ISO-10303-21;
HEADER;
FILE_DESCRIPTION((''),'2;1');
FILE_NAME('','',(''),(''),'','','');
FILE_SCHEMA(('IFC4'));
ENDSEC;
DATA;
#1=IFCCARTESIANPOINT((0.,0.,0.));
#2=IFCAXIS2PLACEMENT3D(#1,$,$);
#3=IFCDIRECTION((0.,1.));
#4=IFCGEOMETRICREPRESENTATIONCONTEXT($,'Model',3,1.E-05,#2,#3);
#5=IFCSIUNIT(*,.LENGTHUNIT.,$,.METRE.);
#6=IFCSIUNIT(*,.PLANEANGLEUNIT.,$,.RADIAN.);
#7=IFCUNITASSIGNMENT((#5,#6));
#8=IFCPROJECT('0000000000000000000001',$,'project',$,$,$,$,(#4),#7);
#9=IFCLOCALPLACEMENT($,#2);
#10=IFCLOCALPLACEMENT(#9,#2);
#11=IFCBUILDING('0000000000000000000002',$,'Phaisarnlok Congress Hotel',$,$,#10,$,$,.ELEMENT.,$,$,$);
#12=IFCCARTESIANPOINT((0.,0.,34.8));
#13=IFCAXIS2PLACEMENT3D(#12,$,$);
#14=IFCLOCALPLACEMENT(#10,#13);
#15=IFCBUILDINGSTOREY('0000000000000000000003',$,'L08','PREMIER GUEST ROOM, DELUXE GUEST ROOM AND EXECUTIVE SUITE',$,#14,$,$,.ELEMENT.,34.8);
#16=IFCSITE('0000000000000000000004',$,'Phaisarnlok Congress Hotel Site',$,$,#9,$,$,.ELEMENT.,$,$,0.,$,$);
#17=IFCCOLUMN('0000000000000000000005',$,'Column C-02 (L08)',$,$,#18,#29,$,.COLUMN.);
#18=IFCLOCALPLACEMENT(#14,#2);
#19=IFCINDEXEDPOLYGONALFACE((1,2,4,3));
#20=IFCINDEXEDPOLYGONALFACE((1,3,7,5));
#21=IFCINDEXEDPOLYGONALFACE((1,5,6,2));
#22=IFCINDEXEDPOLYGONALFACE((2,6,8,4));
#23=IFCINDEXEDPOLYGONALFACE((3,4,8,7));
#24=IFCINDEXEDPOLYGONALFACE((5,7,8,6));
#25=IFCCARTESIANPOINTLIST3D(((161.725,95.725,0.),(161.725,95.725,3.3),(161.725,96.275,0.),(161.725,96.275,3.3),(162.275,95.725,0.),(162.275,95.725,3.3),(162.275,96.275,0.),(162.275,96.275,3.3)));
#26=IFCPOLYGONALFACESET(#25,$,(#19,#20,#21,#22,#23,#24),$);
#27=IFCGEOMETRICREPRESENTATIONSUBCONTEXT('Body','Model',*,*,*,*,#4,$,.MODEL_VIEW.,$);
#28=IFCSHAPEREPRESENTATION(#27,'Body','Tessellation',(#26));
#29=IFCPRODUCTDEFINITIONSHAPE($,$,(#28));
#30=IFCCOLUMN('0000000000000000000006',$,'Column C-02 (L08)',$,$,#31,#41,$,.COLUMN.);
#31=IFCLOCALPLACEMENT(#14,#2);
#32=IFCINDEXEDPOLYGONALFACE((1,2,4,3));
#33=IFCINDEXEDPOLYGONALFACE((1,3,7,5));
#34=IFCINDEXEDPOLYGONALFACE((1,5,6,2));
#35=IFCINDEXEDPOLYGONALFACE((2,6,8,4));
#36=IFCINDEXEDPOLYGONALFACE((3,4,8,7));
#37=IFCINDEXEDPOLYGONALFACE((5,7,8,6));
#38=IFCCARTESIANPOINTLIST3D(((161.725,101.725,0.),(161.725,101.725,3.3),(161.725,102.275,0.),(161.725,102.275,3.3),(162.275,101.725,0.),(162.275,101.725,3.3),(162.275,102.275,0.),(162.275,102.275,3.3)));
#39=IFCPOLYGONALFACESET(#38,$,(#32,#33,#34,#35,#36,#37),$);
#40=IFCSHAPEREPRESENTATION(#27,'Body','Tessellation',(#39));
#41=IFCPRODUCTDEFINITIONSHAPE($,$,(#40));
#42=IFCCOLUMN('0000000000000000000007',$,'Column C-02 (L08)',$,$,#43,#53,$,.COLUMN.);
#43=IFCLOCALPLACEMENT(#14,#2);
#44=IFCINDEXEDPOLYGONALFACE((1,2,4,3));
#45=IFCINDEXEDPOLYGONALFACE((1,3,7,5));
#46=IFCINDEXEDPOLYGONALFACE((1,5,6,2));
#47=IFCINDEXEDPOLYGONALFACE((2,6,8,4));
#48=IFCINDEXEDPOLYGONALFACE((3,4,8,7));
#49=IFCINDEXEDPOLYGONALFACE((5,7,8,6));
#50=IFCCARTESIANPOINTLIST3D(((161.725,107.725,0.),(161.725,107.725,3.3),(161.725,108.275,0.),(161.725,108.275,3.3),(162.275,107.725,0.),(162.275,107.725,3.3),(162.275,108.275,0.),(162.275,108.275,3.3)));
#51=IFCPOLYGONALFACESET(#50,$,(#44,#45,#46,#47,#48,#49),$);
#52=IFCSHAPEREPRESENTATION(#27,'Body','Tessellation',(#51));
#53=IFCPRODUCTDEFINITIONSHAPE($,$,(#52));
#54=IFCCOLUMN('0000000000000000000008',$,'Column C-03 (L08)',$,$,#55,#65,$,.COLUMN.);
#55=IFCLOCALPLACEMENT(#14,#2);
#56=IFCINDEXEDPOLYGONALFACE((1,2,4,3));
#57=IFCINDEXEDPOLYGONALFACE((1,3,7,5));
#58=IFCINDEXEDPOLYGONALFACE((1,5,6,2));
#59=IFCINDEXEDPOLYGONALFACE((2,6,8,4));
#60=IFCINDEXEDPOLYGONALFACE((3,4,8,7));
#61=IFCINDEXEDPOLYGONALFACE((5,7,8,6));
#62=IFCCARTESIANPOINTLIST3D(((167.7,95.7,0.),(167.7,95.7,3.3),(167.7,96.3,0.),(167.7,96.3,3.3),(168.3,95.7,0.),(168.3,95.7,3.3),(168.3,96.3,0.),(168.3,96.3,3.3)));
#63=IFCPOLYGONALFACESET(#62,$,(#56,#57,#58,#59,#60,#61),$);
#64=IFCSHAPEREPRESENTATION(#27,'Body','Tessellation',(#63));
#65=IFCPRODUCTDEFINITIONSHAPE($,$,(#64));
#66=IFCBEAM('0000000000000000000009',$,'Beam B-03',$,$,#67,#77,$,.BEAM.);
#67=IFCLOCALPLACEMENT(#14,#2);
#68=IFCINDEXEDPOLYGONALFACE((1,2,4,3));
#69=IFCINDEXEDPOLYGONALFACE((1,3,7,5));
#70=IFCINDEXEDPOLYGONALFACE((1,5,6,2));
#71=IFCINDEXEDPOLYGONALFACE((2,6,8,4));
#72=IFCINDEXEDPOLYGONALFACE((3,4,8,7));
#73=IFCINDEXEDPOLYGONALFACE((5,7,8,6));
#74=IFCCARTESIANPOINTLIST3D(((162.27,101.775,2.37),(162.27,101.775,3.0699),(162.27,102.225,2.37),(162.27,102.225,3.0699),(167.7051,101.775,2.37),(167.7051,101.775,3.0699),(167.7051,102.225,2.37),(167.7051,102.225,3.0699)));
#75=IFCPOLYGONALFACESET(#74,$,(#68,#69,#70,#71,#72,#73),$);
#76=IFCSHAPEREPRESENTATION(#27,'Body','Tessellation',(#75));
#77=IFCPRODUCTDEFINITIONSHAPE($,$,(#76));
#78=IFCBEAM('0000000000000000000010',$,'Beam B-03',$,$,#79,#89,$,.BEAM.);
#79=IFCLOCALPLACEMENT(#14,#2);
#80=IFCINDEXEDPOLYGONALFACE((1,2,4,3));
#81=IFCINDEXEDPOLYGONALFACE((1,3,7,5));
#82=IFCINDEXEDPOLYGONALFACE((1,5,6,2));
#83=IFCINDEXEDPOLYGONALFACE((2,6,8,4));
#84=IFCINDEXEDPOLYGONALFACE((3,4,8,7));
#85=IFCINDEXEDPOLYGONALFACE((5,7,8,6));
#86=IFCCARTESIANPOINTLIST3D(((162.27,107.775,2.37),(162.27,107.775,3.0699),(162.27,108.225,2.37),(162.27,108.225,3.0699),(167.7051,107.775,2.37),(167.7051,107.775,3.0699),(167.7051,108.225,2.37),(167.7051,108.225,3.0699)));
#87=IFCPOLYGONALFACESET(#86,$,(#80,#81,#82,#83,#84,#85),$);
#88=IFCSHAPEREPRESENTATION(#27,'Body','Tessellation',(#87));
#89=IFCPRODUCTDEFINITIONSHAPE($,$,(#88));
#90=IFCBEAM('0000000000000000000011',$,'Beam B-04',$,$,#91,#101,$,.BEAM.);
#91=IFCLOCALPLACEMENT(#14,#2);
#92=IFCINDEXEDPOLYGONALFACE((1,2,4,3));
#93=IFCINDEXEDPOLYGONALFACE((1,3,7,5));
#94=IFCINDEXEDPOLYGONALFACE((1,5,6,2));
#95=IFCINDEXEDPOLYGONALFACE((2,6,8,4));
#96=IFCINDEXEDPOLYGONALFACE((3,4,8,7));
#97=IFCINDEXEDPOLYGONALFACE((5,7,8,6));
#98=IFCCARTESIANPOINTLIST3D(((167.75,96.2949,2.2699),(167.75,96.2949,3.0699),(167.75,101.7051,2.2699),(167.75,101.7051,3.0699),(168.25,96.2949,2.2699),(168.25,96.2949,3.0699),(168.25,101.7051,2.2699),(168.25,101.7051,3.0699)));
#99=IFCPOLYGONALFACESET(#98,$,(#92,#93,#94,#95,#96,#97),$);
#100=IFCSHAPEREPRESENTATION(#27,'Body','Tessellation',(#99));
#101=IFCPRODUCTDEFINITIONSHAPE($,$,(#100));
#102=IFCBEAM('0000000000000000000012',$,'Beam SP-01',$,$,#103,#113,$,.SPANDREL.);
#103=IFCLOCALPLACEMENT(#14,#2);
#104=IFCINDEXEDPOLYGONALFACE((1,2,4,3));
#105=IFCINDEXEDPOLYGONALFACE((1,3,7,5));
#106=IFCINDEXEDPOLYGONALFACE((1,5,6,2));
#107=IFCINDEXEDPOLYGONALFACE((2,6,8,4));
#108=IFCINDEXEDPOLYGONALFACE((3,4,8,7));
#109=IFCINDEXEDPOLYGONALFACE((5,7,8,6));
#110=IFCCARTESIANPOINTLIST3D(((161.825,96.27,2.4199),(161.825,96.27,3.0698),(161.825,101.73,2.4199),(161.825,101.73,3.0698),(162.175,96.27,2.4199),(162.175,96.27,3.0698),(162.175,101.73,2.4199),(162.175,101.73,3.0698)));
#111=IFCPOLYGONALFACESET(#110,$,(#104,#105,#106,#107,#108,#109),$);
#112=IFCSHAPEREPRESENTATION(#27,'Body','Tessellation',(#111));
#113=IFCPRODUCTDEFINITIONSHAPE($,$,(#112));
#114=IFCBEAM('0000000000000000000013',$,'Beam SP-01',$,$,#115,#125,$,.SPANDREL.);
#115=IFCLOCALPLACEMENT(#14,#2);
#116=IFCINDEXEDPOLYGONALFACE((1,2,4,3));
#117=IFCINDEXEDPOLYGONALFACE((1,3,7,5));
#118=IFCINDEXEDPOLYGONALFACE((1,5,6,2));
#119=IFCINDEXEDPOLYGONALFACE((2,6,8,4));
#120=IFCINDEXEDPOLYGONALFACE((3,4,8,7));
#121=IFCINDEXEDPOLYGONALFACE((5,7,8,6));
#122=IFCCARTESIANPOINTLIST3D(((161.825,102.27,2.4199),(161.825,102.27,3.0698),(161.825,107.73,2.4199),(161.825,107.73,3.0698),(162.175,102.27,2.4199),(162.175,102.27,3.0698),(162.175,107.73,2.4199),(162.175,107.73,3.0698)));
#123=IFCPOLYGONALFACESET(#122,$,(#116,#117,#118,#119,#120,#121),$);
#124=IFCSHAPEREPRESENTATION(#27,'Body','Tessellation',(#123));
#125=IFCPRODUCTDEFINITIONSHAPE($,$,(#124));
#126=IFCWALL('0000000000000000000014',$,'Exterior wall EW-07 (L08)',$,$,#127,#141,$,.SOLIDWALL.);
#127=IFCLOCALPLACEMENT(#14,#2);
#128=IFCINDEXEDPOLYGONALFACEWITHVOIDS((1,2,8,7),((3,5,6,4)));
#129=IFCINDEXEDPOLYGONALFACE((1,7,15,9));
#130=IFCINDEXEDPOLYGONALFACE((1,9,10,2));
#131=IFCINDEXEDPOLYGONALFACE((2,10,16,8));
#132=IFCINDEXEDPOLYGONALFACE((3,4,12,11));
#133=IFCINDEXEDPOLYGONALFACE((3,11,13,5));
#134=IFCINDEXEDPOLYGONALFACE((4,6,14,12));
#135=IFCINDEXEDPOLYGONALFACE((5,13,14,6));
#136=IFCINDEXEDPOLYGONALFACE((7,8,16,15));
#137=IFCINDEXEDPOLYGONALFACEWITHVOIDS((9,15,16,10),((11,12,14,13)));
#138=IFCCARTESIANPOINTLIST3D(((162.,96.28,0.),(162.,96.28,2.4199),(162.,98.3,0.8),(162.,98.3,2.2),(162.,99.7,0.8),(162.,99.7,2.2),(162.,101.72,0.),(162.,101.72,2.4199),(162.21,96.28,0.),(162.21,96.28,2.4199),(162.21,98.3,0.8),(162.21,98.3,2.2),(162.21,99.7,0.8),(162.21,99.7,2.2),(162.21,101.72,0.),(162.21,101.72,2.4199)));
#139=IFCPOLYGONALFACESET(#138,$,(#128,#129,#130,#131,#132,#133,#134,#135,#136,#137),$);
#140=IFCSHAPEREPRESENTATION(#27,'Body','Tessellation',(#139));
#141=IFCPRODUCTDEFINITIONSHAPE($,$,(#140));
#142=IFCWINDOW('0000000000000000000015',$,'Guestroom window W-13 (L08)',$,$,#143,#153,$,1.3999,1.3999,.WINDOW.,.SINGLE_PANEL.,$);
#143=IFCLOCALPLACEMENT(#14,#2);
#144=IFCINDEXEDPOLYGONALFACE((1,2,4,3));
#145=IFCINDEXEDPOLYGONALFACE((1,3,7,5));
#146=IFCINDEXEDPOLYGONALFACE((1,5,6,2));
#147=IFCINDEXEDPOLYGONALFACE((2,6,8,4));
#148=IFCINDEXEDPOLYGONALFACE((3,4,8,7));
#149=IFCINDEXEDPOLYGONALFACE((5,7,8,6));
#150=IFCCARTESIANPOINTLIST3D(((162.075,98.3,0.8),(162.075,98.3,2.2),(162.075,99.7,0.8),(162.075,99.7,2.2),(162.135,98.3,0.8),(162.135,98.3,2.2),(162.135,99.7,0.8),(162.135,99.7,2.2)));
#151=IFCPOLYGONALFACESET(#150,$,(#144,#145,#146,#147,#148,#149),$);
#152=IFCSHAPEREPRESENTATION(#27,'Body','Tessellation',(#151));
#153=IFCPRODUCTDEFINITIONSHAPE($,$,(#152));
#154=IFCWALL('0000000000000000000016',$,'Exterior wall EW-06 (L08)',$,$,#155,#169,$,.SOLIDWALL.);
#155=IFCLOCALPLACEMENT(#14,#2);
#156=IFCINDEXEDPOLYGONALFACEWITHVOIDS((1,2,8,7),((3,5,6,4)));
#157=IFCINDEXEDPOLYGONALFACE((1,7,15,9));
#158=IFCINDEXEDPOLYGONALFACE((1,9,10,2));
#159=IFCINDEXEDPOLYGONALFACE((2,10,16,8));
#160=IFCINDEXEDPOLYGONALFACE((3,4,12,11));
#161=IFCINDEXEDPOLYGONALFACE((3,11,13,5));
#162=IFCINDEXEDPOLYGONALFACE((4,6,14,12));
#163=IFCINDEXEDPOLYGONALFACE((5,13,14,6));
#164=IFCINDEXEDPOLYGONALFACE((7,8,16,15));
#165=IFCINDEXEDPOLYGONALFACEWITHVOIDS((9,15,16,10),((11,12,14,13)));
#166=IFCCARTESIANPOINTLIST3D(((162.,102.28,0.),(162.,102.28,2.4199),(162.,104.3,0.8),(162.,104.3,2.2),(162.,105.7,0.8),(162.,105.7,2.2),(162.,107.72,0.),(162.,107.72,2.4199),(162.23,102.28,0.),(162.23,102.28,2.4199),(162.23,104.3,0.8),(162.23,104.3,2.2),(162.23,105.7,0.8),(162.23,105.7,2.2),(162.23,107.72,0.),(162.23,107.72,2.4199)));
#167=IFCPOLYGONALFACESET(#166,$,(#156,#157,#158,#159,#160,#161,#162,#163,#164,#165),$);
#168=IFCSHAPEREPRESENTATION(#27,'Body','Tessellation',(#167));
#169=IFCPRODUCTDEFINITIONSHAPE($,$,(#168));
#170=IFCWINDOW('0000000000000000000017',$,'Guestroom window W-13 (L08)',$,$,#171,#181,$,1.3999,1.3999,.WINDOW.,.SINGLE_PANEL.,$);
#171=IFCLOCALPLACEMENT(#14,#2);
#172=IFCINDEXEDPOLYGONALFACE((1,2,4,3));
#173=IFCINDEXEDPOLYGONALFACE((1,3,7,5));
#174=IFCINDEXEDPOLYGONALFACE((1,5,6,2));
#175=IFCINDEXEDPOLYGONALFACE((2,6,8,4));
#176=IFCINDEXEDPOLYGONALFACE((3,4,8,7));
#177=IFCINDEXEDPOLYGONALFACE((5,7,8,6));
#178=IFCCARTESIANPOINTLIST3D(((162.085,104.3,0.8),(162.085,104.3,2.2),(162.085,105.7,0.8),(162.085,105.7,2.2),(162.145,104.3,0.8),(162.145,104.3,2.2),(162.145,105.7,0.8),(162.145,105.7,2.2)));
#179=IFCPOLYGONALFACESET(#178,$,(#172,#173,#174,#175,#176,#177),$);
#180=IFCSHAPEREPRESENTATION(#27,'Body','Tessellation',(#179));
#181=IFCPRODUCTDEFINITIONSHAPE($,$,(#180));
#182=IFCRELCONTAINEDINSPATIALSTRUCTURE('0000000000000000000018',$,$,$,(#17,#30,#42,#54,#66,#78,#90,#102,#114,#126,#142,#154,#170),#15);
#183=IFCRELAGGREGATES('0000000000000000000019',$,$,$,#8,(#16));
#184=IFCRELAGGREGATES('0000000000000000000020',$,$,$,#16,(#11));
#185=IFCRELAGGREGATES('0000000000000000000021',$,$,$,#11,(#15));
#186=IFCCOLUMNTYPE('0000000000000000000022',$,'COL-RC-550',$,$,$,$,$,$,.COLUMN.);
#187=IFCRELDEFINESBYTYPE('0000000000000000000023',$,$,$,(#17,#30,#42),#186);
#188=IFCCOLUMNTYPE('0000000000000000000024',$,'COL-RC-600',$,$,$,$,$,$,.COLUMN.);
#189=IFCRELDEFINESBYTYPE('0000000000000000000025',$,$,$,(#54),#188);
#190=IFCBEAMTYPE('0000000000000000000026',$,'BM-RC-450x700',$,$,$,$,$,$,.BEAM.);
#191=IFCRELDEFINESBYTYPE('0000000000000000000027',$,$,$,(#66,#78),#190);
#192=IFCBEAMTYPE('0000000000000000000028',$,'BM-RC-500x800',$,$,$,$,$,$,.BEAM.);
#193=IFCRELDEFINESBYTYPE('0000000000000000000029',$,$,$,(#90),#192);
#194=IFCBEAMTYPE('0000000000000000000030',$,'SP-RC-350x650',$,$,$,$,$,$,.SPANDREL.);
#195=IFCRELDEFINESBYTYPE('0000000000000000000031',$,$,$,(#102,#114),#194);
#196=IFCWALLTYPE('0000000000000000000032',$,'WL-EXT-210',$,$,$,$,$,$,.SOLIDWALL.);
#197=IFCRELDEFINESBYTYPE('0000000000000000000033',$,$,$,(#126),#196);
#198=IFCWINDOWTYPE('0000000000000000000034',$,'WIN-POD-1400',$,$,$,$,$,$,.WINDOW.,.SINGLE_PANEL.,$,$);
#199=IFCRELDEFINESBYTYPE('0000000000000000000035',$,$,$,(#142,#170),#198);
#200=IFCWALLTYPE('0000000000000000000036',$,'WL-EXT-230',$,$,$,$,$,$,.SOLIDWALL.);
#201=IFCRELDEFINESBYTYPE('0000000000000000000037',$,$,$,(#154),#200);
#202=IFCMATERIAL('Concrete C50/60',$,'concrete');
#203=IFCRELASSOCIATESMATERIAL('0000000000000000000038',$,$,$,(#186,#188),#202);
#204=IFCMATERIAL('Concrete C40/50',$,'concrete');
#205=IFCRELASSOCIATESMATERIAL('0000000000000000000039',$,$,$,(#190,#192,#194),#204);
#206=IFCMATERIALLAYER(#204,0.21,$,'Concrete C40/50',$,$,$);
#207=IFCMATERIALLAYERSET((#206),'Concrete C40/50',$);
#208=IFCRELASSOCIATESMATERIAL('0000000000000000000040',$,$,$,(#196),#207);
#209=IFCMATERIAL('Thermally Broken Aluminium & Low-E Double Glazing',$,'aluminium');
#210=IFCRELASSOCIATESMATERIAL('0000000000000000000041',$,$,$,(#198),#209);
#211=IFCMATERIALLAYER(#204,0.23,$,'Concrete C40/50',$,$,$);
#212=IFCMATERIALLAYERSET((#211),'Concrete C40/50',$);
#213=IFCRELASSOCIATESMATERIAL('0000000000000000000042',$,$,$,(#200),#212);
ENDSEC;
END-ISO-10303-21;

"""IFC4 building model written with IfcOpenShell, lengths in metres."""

from ifc_helpers import new_model, si_unit, direction, frame, frame_2d, origin, origin_2d, place, context, subcontext, project, spatial, rectangle, extrude, material, layer, layer_set, material_profile, profile_set, type_object, element, fill, save


model = new_model("IFC4")

# Units and contexts
model_context = context("Model", 3, precision=1e-05, world=origin(), true_north=direction((0.0, 1.0)))
body_context = subcontext(model_context, "Body", "Model", "MODEL_VIEW")
ifc_project = project(units=[si_unit("LENGTHUNIT", "METRE"), si_unit("PLANEANGLEUNIT", "RADIAN")], contexts=[model_context])

# Site, building, storey
site_placement = place(None, origin())
site = spatial("IfcSite", under=ifc_project, at=site_placement, Name="Phaisarnlok Congress Hotel Site", CompositionType="ELEMENT", RefElevation=0.0)
building_placement = place(site_placement, origin())
building = spatial("IfcBuilding", under=site, at=building_placement, Name="Phaisarnlok Congress Hotel", CompositionType="ELEMENT")
storey_placement = place(building_placement, frame((0.0, 0.0, 34.8)))
storey = spatial("IfcBuildingStorey", under=building, at=storey_placement, Name="L08", Description="PREMIER GUEST ROOM, DELUXE GUEST ROOM AND EXECUTIVE SUITE", CompositionType="ELEMENT", Elevation=34.8)

# Columns
ifc_material_1 = material(Name="Concrete C50/60", Category="concrete")
ifc_material_profile_1 = material_profile(ifc_material_1, rectangle(XDim=0.55, YDim=0.55, at=origin_2d()), Name="RC 550x550")
ifc_profile_set_1 = profile_set([ifc_material_profile_1], Name="Concrete C50/60")
column_type_1 = type_object("IfcColumnType", Name="COL-RC-550", PredefinedType="COLUMN", material=ifc_profile_set_1)
for number, where, z_axis, x_axis, name in (
    (1, (162.0, 96.0, 0.0), (0.0, 0.0, 1.0), (1.0, 0.0, 0.0), "Column C-02 (L08)"),
    (2, (162.0, 102.0, 0.0), (0.0, 0.0, 1.0), (1.0, 0.0, 0.0), "Column C-02 (L08)"),
    (3, (162.0, 108.0, 0.0), (0.0, 0.0, 1.0), (1.0, 0.0, 0.0), "Column C-02 (L08)"),
):
    element("IfcColumn", number, at=place(storey_placement, frame(where, z_axis=z_axis, x_axis=x_axis)), inside=storey, type_object=column_type_1, Name=name, PredefinedType="COLUMN", context=body_context, shape_type="SweptSolid", body=[
        extrude(rectangle(XDim=0.55, YDim=0.55, at=origin_2d()), origin(), (0.0, 0.0, 1.0), 3.3),
    ])
ifc_material_profile_2 = material_profile(ifc_material_1, rectangle(XDim=0.6001, YDim=0.6001, at=origin_2d()), Name="RC 600x600")
ifc_profile_set_2 = profile_set([ifc_material_profile_2], Name="Concrete C50/60")
column_type_2 = type_object("IfcColumnType", Name="COL-RC-600", PredefinedType="COLUMN", material=ifc_profile_set_2)
column_placement = place(storey_placement, frame((168.0, 96.0, 0.0), z_axis=(0.0, 0.0, 1.0), x_axis=(1.0, 0.0, 0.0)))
element("IfcColumn", 4, at=column_placement, inside=storey, type_object=column_type_2, Name="Column C-03 (L08)", PredefinedType="COLUMN", context=body_context, shape_type="SweptSolid", body=[
    extrude(rectangle(XDim=0.6001, YDim=0.6001, at=origin_2d()), origin(), (0.0, 0.0, 1.0), 3.3),
])

# Beams
ifc_material_2 = material(Name="Concrete C40/50", Category="concrete")
ifc_material_profile_3 = material_profile(ifc_material_2, rectangle(XDim=0.45, YDim=0.7, at=origin_2d()), Name="RC 450x700")
ifc_profile_set_3 = profile_set([ifc_material_profile_3], Name="Concrete C40/50")
beam_type_1 = type_object("IfcBeamType", Name="BM-RC-450x700", PredefinedType="BEAM", material=ifc_profile_set_3)
for number, where, z_axis, x_axis, name in (
    (5, (162.27, 102.0, 2.72), (1.0, 0.0, 0.0), (0.0, 1.0, 0.0), "Beam B-03"),
    (6, (162.27, 108.0, 2.72), (1.0, 0.0, 0.0), (0.0, 1.0, 0.0), "Beam B-03"),
):
    element("IfcBeam", number, at=place(storey_placement, frame(where, z_axis=z_axis, x_axis=x_axis)), inside=storey, type_object=beam_type_1, Name=name, PredefinedType="BEAM", context=body_context, shape_type="SweptSolid", body=[
        extrude(rectangle(XDim=0.45, YDim=0.7, at=origin_2d()), origin(), (0.0, 0.0, 1.0), 5.4351),
    ])
ifc_material_profile_4 = material_profile(ifc_material_2, rectangle(XDim=0.5, YDim=0.8, at=origin_2d()), Name="RC 500x800")
ifc_profile_set_4 = profile_set([ifc_material_profile_4], Name="Concrete C40/50")
beam_type_2 = type_object("IfcBeamType", Name="BM-RC-500x800", PredefinedType="BEAM", material=ifc_profile_set_4)
beam_placement = place(storey_placement, frame((168.0, 96.2949, 2.6699), z_axis=(0.0, 1.0, 0.0), x_axis=(-1.0, 0.0, 0.0)))
element("IfcBeam", 7, at=beam_placement, inside=storey, type_object=beam_type_2, Name="Beam B-04", PredefinedType="BEAM", context=body_context, shape_type="SweptSolid", body=[
    extrude(rectangle(XDim=0.5, YDim=0.8, at=origin_2d()), origin(), (0.0, 0.0, 1.0), 5.4102),
])
ifc_material_profile_5 = material_profile(ifc_material_2, rectangle(XDim=0.3501, YDim=0.6499, at=origin_2d()), Name="RC 350x650")
ifc_profile_set_5 = profile_set([ifc_material_profile_5], Name="Concrete C40/50")
beam_type_3 = type_object("IfcBeamType", Name="SP-RC-350x650", PredefinedType="SPANDREL", material=ifc_profile_set_5)
for number, where, z_axis, x_axis, name in (
    (8, (162.0, 96.27, 2.7449), (0.0, 1.0, 0.0), (-1.0, 0.0, 0.0), "Beam SP-01"),
    (9, (162.0, 102.27, 2.7449), (0.0, 1.0, 0.0), (-1.0, 0.0, 0.0), "Beam SP-01"),
):
    element("IfcBeam", number, at=place(storey_placement, frame(where, z_axis=z_axis, x_axis=x_axis)), inside=storey, type_object=beam_type_3, Name=name, PredefinedType="SPANDREL", context=body_context, shape_type="SweptSolid", body=[
        extrude(rectangle(XDim=0.3501, YDim=0.6499, at=origin_2d()), origin(), (0.0, 0.0, 1.0), 5.46),
    ])

# Walls, openings, windows
ifc_layer_1 = layer(ifc_material_2, 0.21, Name="Concrete C40/50")
ifc_layer_set_1 = layer_set([ifc_layer_1], Name="Concrete C40/50")
wall_type_1 = type_object("IfcWallType", Name="WL-EXT-210", PredefinedType="SOLIDWALL", material=ifc_layer_set_1)
wall_1_placement = place(storey_placement, frame((162.105, 101.72, 0.0), z_axis=(0.0, 0.0, 1.0), x_axis=(0.0, -1.0, 0.0)))
wall_1 = element("IfcWall", 10, at=wall_1_placement, inside=storey, type_object=wall_type_1, Name="Exterior wall EW-07 (L08)", PredefinedType="SOLIDWALL", context=body_context, shape_type="SweptSolid", body=[
    extrude(rectangle(XDim=5.4399, YDim=0.21, at=frame_2d((2.72, 0.0))), origin(), (0.0, 0.0, 1.0), 2.4199),
])
opening_1_placement = place(wall_1_placement, frame((2.02, 0.0, 0.8)))
opening_1 = element("IfcOpeningElement", 11, at=opening_1_placement, cuts=wall_1, PredefinedType="OPENING", context=body_context, shape_type="SweptSolid", body=[
    extrude(rectangle(XDim=1.3999, YDim=1.3999, at=frame_2d((0.7, 0.7))), frame((0.0, 0.115, 0.0), z_axis=(0.0, -1.0, 0.0), x_axis=(1.0, 0.0, 0.0)), (0.0, 0.0, 1.0), 0.23),
])
ifc_material_3 = material(Name="Thermally Broken Aluminium & Low-E Double Glazing", Category="aluminium")
window_type = type_object("IfcWindowType", Name="WIN-POD-1400", PartitioningType="SINGLE_PANEL", PredefinedType="WINDOW", material=ifc_material_3)
window_1_placement = place(opening_1_placement, origin())
window_1 = element("IfcWindow", 12, at=window_1_placement, inside=storey, type_object=window_type, Name="Guestroom window W-13 (L08)", OverallHeight=1.3999, OverallWidth=1.3999, PartitioningType="SINGLE_PANEL", PredefinedType="WINDOW", context=body_context, shape_type="SweptSolid", body=[
    extrude(rectangle(XDim=1.3999, YDim=1.3999, at=frame_2d((0.7, 0.7))), frame((0.0, 0.03, 0.0), z_axis=(0.0, -1.0, 0.0), x_axis=(1.0, 0.0, 0.0)), (0.0, 0.0, 1.0), 0.0601),
])
fill(opening_1, window_1)
ifc_layer_2 = layer(ifc_material_2, 0.23, Name="Concrete C40/50")
ifc_layer_set_2 = layer_set([ifc_layer_2], Name="Concrete C40/50")
wall_type_2 = type_object("IfcWallType", Name="WL-EXT-230", PredefinedType="SOLIDWALL", material=ifc_layer_set_2)
wall_2_placement = place(storey_placement, frame((162.115, 107.72, 0.0), z_axis=(0.0, 0.0, 1.0), x_axis=(0.0, -1.0, 0.0)))
wall_2 = element("IfcWall", 13, at=wall_2_placement, inside=storey, type_object=wall_type_2, Name="Exterior wall EW-06 (L08)", PredefinedType="SOLIDWALL", context=body_context, shape_type="SweptSolid", body=[
    extrude(rectangle(XDim=5.4399, YDim=0.23, at=frame_2d((2.72, 0.0))), origin(), (0.0, 0.0, 1.0), 2.4199),
])
opening_2_placement = place(wall_2_placement, frame((2.02, 0.0, 0.8)))
opening_2 = element("IfcOpeningElement", 14, at=opening_2_placement, cuts=wall_2, PredefinedType="OPENING", context=body_context, shape_type="SweptSolid", body=[
    extrude(rectangle(XDim=1.3999, YDim=1.3999, at=frame_2d((0.7, 0.7))), frame((0.0, 0.125, 0.0), z_axis=(0.0, -1.0, 0.0), x_axis=(1.0, 0.0, 0.0)), (0.0, 0.0, 1.0), 0.25),
])
window_2_placement = place(opening_2_placement, origin())
window_2 = element("IfcWindow", 15, at=window_2_placement, inside=storey, type_object=window_type, Name="Guestroom window W-13 (L08)", OverallHeight=1.3999, OverallWidth=1.3999, PartitioningType="SINGLE_PANEL", PredefinedType="WINDOW", context=body_context, shape_type="SweptSolid", body=[
    extrude(rectangle(XDim=1.3999, YDim=1.3999, at=frame_2d((0.7, 0.7))), frame((0.0, 0.03, 0.0), z_axis=(0.0, -1.0, 0.0), x_axis=(1.0, 0.0, 0.0)), (0.0, 0.0, 1.0), 0.0601),
])
fill(opening_2, window_2)

save(model, "model.ifc")
